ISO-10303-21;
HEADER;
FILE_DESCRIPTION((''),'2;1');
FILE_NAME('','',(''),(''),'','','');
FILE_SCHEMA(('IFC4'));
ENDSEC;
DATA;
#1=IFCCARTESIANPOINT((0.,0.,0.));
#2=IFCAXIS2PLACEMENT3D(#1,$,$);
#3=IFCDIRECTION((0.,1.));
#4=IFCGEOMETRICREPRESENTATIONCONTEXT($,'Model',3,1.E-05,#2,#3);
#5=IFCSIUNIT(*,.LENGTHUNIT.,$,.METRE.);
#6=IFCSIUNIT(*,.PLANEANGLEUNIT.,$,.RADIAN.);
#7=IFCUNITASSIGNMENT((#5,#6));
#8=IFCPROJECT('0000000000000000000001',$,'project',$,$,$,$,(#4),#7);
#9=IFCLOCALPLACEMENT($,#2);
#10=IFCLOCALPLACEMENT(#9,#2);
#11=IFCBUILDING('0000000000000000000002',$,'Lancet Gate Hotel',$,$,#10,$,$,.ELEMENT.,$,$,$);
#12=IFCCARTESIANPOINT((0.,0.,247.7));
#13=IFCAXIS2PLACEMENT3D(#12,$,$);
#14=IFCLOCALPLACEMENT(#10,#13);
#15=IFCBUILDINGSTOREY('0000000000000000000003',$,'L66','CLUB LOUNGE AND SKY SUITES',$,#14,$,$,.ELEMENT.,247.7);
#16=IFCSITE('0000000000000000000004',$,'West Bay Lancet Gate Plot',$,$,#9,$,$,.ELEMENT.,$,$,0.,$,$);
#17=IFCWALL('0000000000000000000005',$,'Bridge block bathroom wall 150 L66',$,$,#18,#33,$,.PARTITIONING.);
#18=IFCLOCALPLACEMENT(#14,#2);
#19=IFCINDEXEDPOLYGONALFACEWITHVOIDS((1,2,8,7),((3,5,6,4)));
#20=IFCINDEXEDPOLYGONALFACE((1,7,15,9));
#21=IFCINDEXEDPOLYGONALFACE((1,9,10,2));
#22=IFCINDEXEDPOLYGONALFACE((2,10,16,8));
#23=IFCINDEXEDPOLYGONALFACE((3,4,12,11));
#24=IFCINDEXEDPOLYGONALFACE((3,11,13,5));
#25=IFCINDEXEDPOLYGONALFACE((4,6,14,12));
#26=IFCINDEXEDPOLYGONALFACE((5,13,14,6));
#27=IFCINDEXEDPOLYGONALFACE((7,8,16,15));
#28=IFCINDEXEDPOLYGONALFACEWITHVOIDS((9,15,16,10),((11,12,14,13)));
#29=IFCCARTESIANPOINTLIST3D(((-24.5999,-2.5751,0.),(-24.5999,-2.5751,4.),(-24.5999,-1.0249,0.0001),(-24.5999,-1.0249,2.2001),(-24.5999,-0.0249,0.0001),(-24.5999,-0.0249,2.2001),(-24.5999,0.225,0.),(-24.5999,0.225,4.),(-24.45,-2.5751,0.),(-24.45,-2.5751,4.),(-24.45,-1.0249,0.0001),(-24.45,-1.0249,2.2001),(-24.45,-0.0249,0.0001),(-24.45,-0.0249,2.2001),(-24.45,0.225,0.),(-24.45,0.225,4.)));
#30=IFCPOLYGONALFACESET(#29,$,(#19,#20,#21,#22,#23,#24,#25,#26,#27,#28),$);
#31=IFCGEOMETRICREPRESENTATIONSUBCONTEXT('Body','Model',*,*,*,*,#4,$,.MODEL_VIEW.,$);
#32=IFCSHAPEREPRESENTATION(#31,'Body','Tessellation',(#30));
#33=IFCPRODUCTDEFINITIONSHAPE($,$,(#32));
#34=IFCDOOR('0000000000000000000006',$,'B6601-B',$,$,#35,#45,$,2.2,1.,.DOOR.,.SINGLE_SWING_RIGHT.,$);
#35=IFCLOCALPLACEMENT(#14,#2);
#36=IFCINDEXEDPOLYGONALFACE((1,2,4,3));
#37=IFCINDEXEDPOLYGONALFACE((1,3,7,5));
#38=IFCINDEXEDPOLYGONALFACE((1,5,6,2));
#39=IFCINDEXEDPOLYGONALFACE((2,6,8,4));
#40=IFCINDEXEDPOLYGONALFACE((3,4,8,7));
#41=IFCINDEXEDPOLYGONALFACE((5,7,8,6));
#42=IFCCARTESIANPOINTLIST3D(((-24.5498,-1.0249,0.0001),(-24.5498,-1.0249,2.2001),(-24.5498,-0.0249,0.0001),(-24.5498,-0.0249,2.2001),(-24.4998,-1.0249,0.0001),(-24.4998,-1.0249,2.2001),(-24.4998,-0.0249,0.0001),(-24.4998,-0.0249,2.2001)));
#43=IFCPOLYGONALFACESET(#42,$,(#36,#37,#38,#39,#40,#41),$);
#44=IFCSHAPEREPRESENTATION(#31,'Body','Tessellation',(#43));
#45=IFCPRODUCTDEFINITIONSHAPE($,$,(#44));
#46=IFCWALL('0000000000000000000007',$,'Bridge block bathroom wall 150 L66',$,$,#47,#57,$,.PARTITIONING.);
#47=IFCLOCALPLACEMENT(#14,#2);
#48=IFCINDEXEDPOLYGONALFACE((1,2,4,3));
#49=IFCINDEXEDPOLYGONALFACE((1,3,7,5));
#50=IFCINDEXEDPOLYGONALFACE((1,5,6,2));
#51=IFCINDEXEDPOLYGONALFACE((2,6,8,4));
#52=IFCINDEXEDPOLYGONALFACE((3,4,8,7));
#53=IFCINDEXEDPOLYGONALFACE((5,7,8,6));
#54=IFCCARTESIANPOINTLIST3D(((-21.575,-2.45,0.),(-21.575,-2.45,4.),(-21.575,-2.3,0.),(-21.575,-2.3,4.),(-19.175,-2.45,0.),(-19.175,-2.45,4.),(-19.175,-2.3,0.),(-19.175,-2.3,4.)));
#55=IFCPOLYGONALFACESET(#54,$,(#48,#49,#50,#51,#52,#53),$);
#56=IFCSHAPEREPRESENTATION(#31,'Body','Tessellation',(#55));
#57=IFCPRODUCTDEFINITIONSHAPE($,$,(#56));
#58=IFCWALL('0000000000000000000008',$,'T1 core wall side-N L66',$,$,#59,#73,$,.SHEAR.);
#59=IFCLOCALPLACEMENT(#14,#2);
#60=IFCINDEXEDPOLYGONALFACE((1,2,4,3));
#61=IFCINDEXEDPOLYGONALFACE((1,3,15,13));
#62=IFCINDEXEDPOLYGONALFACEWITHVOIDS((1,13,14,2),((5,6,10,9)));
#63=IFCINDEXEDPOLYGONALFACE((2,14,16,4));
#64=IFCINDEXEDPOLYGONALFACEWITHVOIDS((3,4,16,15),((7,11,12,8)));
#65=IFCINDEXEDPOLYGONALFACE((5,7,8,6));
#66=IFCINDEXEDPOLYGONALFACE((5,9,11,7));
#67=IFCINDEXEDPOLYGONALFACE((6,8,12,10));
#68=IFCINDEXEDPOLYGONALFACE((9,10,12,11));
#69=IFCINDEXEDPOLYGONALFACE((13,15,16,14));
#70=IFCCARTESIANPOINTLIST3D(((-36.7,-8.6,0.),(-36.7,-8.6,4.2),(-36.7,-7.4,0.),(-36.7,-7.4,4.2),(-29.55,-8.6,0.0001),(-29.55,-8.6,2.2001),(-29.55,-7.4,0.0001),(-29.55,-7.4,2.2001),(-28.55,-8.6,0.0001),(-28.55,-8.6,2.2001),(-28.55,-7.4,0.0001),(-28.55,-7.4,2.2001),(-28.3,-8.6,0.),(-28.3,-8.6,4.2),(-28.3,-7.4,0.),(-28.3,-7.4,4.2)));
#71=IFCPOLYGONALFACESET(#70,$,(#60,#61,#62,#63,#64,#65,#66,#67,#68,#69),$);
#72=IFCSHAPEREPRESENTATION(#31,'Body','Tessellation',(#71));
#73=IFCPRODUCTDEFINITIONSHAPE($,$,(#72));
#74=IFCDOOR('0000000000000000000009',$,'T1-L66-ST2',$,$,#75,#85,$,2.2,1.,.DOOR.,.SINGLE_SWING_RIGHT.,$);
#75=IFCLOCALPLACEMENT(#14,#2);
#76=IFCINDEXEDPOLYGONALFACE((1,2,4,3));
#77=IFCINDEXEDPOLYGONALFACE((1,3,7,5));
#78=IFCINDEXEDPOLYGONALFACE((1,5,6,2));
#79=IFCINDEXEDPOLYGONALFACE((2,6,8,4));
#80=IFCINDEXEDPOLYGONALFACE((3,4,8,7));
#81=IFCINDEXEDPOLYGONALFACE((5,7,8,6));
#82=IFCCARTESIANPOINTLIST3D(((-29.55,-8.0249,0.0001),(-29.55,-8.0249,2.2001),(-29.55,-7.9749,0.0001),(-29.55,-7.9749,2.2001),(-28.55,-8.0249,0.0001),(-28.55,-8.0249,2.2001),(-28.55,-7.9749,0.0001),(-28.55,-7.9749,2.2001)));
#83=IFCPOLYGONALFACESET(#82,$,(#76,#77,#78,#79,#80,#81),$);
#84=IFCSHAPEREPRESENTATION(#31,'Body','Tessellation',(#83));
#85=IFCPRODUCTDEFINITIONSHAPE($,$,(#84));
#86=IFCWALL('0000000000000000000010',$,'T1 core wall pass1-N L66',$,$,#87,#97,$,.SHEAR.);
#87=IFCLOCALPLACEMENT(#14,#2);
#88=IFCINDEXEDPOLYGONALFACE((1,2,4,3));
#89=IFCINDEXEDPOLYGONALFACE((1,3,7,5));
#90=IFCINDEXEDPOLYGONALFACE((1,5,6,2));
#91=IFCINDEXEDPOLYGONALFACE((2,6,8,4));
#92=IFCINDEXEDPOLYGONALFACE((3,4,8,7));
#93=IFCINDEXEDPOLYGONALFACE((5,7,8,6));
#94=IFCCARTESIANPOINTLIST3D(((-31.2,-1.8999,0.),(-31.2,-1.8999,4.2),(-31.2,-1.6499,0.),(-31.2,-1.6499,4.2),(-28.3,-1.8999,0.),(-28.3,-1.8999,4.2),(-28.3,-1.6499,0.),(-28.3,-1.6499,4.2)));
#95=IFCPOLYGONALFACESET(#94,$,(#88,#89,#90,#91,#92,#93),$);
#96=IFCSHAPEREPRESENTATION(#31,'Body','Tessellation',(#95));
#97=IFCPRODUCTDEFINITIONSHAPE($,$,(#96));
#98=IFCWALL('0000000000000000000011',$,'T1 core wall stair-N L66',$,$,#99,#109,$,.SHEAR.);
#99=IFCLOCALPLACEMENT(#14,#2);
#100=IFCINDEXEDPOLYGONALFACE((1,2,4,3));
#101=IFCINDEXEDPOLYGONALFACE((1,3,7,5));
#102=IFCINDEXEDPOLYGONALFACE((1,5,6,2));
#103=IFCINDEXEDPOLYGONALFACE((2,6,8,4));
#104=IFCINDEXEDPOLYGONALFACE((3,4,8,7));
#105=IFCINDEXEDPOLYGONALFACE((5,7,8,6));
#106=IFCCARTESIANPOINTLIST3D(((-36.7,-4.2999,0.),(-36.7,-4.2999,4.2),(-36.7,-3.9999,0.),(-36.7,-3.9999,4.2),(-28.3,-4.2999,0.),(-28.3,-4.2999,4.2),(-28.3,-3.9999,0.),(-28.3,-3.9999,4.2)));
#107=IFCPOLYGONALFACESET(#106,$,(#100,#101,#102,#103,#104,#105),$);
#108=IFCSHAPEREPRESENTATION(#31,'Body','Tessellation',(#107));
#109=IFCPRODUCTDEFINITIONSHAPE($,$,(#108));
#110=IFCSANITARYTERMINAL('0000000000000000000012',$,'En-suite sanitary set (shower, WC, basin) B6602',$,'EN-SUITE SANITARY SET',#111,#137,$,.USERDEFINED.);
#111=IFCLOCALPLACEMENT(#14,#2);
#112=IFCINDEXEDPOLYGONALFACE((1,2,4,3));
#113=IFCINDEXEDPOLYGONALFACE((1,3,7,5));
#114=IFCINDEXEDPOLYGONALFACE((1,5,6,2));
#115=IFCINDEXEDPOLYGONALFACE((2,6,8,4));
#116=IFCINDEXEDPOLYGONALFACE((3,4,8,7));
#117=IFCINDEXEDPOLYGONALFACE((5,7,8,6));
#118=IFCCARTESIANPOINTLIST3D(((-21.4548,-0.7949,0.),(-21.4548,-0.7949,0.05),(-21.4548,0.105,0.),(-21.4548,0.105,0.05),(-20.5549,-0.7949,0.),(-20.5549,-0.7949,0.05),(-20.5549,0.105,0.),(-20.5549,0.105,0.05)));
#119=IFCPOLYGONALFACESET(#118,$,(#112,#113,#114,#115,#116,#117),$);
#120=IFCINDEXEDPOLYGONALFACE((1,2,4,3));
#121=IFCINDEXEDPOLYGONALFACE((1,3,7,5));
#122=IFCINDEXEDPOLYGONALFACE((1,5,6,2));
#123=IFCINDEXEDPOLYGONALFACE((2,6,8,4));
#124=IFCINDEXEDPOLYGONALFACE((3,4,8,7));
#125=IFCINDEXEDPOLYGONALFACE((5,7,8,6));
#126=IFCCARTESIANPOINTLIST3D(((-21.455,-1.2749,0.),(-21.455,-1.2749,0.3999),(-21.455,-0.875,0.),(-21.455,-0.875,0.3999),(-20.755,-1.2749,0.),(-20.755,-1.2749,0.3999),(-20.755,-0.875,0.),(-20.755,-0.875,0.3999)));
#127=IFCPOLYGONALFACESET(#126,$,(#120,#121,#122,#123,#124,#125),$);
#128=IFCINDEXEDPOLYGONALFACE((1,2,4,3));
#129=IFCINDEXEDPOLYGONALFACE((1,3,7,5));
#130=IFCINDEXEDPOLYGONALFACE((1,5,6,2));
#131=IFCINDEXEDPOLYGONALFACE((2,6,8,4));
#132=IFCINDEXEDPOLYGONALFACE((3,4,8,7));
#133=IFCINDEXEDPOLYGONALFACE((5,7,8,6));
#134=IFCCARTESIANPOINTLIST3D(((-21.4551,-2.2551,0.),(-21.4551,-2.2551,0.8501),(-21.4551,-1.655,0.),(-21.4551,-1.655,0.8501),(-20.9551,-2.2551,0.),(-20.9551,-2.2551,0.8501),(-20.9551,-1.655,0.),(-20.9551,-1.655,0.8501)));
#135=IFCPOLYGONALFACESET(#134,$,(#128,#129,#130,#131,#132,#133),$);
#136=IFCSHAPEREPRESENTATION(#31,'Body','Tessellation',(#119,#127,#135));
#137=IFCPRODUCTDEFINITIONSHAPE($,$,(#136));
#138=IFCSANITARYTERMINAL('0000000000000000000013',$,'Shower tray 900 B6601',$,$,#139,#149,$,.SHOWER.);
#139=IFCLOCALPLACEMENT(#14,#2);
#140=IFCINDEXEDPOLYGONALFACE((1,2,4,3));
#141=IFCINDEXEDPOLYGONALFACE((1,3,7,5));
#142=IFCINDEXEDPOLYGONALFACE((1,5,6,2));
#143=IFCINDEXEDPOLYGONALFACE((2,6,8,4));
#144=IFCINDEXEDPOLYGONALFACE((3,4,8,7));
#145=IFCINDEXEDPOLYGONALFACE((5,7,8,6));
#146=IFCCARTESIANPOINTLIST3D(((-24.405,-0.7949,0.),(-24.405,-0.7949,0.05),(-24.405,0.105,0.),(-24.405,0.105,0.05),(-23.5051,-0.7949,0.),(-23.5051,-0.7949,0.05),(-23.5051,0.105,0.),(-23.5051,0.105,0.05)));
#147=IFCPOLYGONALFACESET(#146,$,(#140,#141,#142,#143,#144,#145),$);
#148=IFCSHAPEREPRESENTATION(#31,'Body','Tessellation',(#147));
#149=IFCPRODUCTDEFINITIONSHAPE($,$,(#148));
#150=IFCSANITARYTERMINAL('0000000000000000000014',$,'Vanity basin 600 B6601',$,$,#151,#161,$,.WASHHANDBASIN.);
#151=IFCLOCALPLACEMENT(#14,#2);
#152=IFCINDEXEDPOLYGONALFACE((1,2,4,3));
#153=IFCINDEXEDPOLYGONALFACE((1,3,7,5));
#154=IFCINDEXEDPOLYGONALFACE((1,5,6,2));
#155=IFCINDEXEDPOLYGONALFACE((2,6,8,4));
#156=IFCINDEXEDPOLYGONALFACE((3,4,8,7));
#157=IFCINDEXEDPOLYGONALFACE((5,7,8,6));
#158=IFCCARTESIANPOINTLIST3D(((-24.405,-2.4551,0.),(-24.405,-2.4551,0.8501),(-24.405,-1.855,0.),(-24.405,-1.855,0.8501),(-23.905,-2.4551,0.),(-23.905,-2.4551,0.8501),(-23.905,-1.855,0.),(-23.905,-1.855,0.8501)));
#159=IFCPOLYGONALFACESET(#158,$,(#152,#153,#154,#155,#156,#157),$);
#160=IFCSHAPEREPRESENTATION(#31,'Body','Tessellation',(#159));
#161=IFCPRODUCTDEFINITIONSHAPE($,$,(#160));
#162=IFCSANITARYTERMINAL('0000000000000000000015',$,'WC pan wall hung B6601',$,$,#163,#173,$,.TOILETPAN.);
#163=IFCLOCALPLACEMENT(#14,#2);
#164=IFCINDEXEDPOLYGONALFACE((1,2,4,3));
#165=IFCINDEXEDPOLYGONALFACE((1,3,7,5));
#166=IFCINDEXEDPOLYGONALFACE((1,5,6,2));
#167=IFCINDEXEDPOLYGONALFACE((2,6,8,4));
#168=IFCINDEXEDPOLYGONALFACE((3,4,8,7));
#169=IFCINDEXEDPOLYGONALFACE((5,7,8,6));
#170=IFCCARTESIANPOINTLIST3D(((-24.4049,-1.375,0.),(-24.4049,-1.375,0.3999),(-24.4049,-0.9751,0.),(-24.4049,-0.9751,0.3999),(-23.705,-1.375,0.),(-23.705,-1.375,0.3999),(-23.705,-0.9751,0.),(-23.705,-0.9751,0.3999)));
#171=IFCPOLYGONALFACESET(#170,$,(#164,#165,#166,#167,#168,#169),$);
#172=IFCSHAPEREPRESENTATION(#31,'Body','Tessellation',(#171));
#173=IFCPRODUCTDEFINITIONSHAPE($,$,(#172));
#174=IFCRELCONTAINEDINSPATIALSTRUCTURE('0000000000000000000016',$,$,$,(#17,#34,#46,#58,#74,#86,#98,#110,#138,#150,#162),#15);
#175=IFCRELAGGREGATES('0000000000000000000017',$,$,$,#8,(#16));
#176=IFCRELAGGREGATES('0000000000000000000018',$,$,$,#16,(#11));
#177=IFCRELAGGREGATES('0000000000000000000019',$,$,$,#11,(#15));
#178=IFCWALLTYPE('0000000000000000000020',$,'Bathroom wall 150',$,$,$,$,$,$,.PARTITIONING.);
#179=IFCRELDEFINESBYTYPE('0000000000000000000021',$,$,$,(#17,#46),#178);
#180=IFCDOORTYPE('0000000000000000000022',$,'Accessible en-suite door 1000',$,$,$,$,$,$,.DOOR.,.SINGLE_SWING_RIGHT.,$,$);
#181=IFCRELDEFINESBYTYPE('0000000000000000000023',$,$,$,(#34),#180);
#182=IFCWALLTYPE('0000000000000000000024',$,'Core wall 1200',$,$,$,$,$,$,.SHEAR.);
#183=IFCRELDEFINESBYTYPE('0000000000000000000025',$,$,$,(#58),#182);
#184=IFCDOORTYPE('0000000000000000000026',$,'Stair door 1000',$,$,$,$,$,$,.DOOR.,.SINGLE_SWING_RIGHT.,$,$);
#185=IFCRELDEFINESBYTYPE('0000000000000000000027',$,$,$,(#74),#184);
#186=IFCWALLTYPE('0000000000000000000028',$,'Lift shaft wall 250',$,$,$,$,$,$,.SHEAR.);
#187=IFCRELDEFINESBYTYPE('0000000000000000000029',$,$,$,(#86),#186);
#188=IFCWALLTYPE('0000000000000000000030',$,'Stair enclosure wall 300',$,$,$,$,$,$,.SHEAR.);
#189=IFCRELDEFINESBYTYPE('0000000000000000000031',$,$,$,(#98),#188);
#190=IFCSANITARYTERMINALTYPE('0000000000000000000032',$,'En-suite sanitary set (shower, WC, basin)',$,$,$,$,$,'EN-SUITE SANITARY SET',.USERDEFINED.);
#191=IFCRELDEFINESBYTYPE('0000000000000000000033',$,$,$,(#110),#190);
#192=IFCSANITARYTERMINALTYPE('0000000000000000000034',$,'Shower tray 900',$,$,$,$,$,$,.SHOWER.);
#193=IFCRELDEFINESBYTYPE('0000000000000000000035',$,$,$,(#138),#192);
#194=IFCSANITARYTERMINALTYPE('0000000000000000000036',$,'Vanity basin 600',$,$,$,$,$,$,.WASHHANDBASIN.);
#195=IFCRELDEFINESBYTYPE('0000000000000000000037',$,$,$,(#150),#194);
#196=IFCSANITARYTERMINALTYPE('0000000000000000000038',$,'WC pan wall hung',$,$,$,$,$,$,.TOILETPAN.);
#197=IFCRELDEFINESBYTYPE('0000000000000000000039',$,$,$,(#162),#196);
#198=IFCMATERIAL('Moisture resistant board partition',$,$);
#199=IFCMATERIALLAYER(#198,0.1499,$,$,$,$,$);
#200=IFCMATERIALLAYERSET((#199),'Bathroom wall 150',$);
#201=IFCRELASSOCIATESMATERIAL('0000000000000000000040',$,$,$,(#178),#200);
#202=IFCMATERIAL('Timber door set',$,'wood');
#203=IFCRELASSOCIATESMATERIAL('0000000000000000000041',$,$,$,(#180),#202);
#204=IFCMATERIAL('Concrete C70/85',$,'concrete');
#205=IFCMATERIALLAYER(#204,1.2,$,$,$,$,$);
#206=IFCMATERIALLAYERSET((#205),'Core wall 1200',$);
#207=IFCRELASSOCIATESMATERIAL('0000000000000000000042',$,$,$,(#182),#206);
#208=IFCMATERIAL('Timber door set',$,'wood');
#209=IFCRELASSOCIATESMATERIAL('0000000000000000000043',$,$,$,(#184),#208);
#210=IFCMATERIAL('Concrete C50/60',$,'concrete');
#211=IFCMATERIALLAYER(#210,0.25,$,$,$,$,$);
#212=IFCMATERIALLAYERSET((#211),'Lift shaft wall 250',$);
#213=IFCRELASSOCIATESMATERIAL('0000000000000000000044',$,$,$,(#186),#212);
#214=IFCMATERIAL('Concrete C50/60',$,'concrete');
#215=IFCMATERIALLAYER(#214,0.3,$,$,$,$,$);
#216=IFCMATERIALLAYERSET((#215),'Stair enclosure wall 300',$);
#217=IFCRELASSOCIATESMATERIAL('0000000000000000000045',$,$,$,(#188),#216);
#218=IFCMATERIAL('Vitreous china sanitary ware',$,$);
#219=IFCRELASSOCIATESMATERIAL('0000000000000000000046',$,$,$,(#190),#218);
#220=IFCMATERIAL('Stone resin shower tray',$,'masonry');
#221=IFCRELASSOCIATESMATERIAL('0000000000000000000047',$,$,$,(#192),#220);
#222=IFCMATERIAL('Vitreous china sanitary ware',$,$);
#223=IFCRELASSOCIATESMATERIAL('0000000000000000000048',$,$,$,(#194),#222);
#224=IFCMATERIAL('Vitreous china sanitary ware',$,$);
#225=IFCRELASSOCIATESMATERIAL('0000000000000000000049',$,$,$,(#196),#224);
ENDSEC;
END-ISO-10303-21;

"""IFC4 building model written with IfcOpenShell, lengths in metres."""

from ifc_helpers import new_model, si_unit, direction, frame, frame_2d, origin, origin_2d, place, context, subcontext, project, spatial, rectangle, extrude, material, layer, layer_set, type_object, element, fill, save


model = new_model("IFC4")

# Units and contexts
model_context = context("Model", 3, precision=1e-05, world=origin(), true_north=direction((0.0, 1.0)))
body_context = subcontext(model_context, "Body", "Model", "MODEL_VIEW")
ifc_project = project(units=[si_unit("LENGTHUNIT", "METRE"), si_unit("PLANEANGLEUNIT", "RADIAN")], contexts=[model_context])

# Site, building, storey
site_placement = place(None, origin())
site = spatial("IfcSite", under=ifc_project, at=site_placement, Name="West Bay Lancet Gate Plot", CompositionType="ELEMENT", RefElevation=0.0)
building_placement = place(site_placement, origin())
building = spatial("IfcBuilding", under=site, at=building_placement, Name="Lancet Gate Hotel", CompositionType="ELEMENT")
storey_placement = place(building_placement, frame((0.0, 0.0, 247.7)))
storey = spatial("IfcBuildingStorey", under=building, at=storey_placement, Name="L66", Description="CLUB LOUNGE AND SKY SUITES", CompositionType="ELEMENT", Elevation=247.7)

# Shared definitions
ifc_material_1 = material(Name="Moisture resistant board partition")
ifc_layer_1 = layer(ifc_material_1, 0.1499)
ifc_layer_set_1 = layer_set([ifc_layer_1], Name="Bathroom wall 150")
wall_type_1 = type_object("IfcWallType", Name="Bathroom wall 150", PredefinedType="PARTITIONING", material=ifc_layer_set_1)

# Wall, opening, door
wall_1_placement = place(storey_placement, frame((-24.5249, -2.575, 0.0), z_axis=(0.0, 0.0, 1.0), x_axis=(0.0, 1.0, 0.0)))
wall_1 = element("IfcWall", 1, at=wall_1_placement, inside=storey, type_object=wall_type_1, Name="Bridge block bathroom wall 150 L66", PredefinedType="PARTITIONING", context=body_context, shape_type="SweptSolid", body=[
    extrude(rectangle(XDim=2.8, YDim=0.1499, at=frame_2d((1.3999, 0.0))), origin(), (0.0, 0.0, 1.0), 4.0),
])
opening_1_placement = place(wall_1_placement, frame((1.55, 0.0, 0.0)))
opening_1 = element("IfcOpeningElement", 2, at=opening_1_placement, cuts=wall_1, PredefinedType="OPENING", context=body_context, shape_type="SweptSolid", body=[
    extrude(rectangle(XDim=1.0, YDim=2.2, at=frame_2d((0.5, 1.1001))), frame((0.0, 0.085, 0.0), z_axis=(0.0, -1.0, 0.0), x_axis=(1.0, 0.0, 0.0)), (0.0, 0.0, 1.0), 0.1699),
])
ifc_material_2 = material(Name="Timber door set", Category="wood")
door_type_1 = type_object("IfcDoorType", Name="Accessible en-suite door 1000", OperationType="SINGLE_SWING_RIGHT", PredefinedType="DOOR", material=ifc_material_2)
door_1_placement = place(opening_1_placement, origin())
door_1 = element("IfcDoor", 3, at=door_1_placement, inside=storey, type_object=door_type_1, Name="B6601-B", OperationType="SINGLE_SWING_RIGHT", OverallHeight=2.2, OverallWidth=1.0, PredefinedType="DOOR", context=body_context, shape_type="SweptSolid", body=[
    extrude(rectangle(XDim=1.0, YDim=2.2, at=frame_2d((0.5, 1.1001))), frame((0.0, 0.0249, 0.0), z_axis=(0.0, -1.0, 0.0), x_axis=(1.0, 0.0, 0.0)), (0.0, 0.0, 1.0), 0.05),
])
fill(opening_1, door_1)

# Wall
wall_2_placement = place(storey_placement, frame((-21.575, -2.375, 0.0), z_axis=(0.0, 0.0, 1.0), x_axis=(1.0, 0.0, 0.0)))
element("IfcWall", 4, at=wall_2_placement, inside=storey, type_object=wall_type_1, Name="Bridge block bathroom wall 150 L66", PredefinedType="PARTITIONING", context=body_context, shape_type="SweptSolid", body=[
    extrude(rectangle(XDim=2.3999, YDim=0.1499, at=frame_2d((1.2, 0.0))), origin(), (0.0, 0.0, 1.0), 4.0),
])

# Wall, opening, door
ifc_material_3 = material(Name="Concrete C70/85", Category="concrete")
ifc_layer_2 = layer(ifc_material_3, 1.2)
ifc_layer_set_2 = layer_set([ifc_layer_2], Name="Core wall 1200")
wall_type_2 = type_object("IfcWallType", Name="Core wall 1200", PredefinedType="SHEAR", material=ifc_layer_set_2)
wall_3_placement = place(storey_placement, frame((-28.3, -8.0, 0.0), z_axis=(0.0, 0.0, 1.0), x_axis=(-1.0, 0.0, 0.0)))
wall_3 = element("IfcWall", 5, at=wall_3_placement, inside=storey, type_object=wall_type_2, Name="T1 core wall side-N L66", PredefinedType="SHEAR", context=body_context, shape_type="SweptSolid", body=[
    extrude(rectangle(XDim=8.3999, YDim=1.2, at=frame_2d((4.2, 0.0))), origin(), (0.0, 0.0, 1.0), 4.2),
])
opening_2_placement = place(wall_3_placement, frame((0.25, 0.0, 0.0)))
opening_2 = element("IfcOpeningElement", 6, at=opening_2_placement, cuts=wall_3, PredefinedType="OPENING", context=body_context, shape_type="SweptSolid", body=[
    extrude(rectangle(XDim=1.0, YDim=2.2, at=frame_2d((0.5, 1.1001))), frame((0.0, 0.6099, 0.0), z_axis=(0.0, -1.0, 0.0), x_axis=(1.0, 0.0, 0.0)), (0.0, 0.0, 1.0), 1.22),
])
ifc_material_4 = material(Name="Timber door set", Category="wood")
door_type_2 = type_object("IfcDoorType", Name="Stair door 1000", OperationType="SINGLE_SWING_RIGHT", PredefinedType="DOOR", material=ifc_material_4)
door_2_placement = place(opening_2_placement, origin())
door_2 = element("IfcDoor", 7, at=door_2_placement, inside=storey, type_object=door_type_2, Name="T1-L66-ST2", OperationType="SINGLE_SWING_RIGHT", OverallHeight=2.2, OverallWidth=1.0, PredefinedType="DOOR", context=body_context, shape_type="SweptSolid", body=[
    extrude(rectangle(XDim=1.0, YDim=2.2, at=frame_2d((0.5, 1.1001))), frame((0.0, 0.0249, 0.0), z_axis=(0.0, -1.0, 0.0), x_axis=(1.0, 0.0, 0.0)), (0.0, 0.0, 1.0), 0.05),
])
fill(opening_2, door_2)

# Walls
ifc_material_5 = material(Name="Concrete C50/60", Category="concrete")
ifc_layer_3 = layer(ifc_material_5, 0.25)
ifc_layer_set_3 = layer_set([ifc_layer_3], Name="Lift shaft wall 250")
wall_type_3 = type_object("IfcWallType", Name="Lift shaft wall 250", PredefinedType="SHEAR", material=ifc_layer_set_3)
wall_4_placement = place(storey_placement, frame((-28.3, -1.7749, 0.0), z_axis=(0.0, 0.0, 1.0), x_axis=(-1.0, 0.0, 0.0)))
element("IfcWall", 8, at=wall_4_placement, inside=storey, type_object=wall_type_3, Name="T1 core wall pass1-N L66", PredefinedType="SHEAR", context=body_context, shape_type="SweptSolid", body=[
    extrude(rectangle(XDim=2.8999, YDim=0.25, at=frame_2d((1.45, 0.0))), origin(), (0.0, 0.0, 1.0), 4.2),
])
ifc_material_6 = material(Name="Concrete C50/60", Category="concrete")
ifc_layer_4 = layer(ifc_material_6, 0.3)
ifc_layer_set_4 = layer_set([ifc_layer_4], Name="Stair enclosure wall 300")
wall_type_4 = type_object("IfcWallType", Name="Stair enclosure wall 300", PredefinedType="SHEAR", material=ifc_layer_set_4)
wall_5_placement = place(storey_placement, frame((-28.3, -4.1499, 0.0), z_axis=(0.0, 0.0, 1.0), x_axis=(-1.0, 0.0, 0.0)))
element("IfcWall", 9, at=wall_5_placement, inside=storey, type_object=wall_type_4, Name="T1 core wall stair-N L66", PredefinedType="SHEAR", context=body_context, shape_type="SweptSolid", body=[
    extrude(rectangle(XDim=8.3999, YDim=0.3, at=frame_2d((4.2, 0.0))), origin(), (0.0, 0.0, 1.0), 4.2),
])

# Sanitary terminals
ifc_material_7 = material(Name="Vitreous china sanitary ware")
sanitary_terminal_type_1 = type_object("IfcSanitaryTerminalType", Name="En-suite sanitary set (shower, WC, basin)", ElementType="EN-SUITE SANITARY SET", PredefinedType="USERDEFINED", material=ifc_material_7)
sanitary_terminal_1_placement = place(storey_placement, frame((-21.0049, -0.345, 0.0), z_axis=(0.0, 0.0, 1.0), x_axis=(1.0, 0.0, 0.0)))
element("IfcSanitaryTerminal", 10, at=sanitary_terminal_1_placement, inside=storey, type_object=sanitary_terminal_type_1, Name="En-suite sanitary set (shower, WC, basin) B6602", ObjectType="EN-SUITE SANITARY SET", PredefinedType="USERDEFINED", context=body_context, shape_type="SweptSolid", body=[
    extrude(rectangle(XDim=0.8999, YDim=0.8999, at=origin_2d()), frame((0.0, 0.0, 0.0), z_axis=(0.0, 0.0, 1.0), x_axis=(0.0, 1.0, 0.0)), (0.0, 0.0, 1.0), 0.05),
    extrude(rectangle(XDim=0.3999, YDim=0.7, at=origin_2d()), frame((-0.1001, -0.73, 0.0), z_axis=(0.0, 0.0, 1.0), x_axis=(0.0, 1.0, 0.0)), (0.0, 0.0, 1.0), 0.3999),
    extrude(rectangle(XDim=0.6001, YDim=0.5, at=origin_2d()), frame((-0.2002, -1.6101, 0.0), z_axis=(0.0, 0.0, 1.0), x_axis=(0.0, 1.0, 0.0)), (0.0, 0.0, 1.0), 0.8501),
])
ifc_material_8 = material(Name="Stone resin shower tray", Category="masonry")
sanitary_terminal_type_2 = type_object("IfcSanitaryTerminalType", Name="Shower tray 900", PredefinedType="SHOWER", material=ifc_material_8)
sanitary_terminal_2_placement = place(storey_placement, frame((-23.9551, -0.345, 0.0), z_axis=(0.0, 0.0, 1.0), x_axis=(0.0, 1.0, 0.0)))
element("IfcSanitaryTerminal", 11, at=sanitary_terminal_2_placement, inside=storey, type_object=sanitary_terminal_type_2, Name="Shower tray 900 B6601", PredefinedType="SHOWER", context=body_context, shape_type="SweptSolid", body=[
    extrude(rectangle(XDim=0.8999, YDim=0.8999, at=origin_2d()), origin(), (0.0, 0.0, 1.0), 0.05),
])
ifc_material_9 = material(Name="Vitreous china sanitary ware")
sanitary_terminal_type_3 = type_object("IfcSanitaryTerminalType", Name="Vanity basin 600", PredefinedType="WASHHANDBASIN", material=ifc_material_9)
sanitary_terminal_3_placement = place(storey_placement, frame((-24.155, -2.155, 0.0), z_axis=(0.0, 0.0, 1.0), x_axis=(0.0, 1.0, 0.0)))
element("IfcSanitaryTerminal", 12, at=sanitary_terminal_3_placement, inside=storey, type_object=sanitary_terminal_type_3, Name="Vanity basin 600 B6601", PredefinedType="WASHHANDBASIN", context=body_context, shape_type="SweptSolid", body=[
    extrude(rectangle(XDim=0.6001, YDim=0.5, at=origin_2d()), origin(), (0.0, 0.0, 1.0), 0.8501),
])
ifc_material_10 = material(Name="Vitreous china sanitary ware")
sanitary_terminal_type_4 = type_object("IfcSanitaryTerminalType", Name="WC pan wall hung", PredefinedType="TOILETPAN", material=ifc_material_10)
sanitary_terminal_4_placement = place(storey_placement, frame((-24.0549, -1.175, 0.0), z_axis=(0.0, 0.0, 1.0), x_axis=(0.0, 1.0, 0.0)))
element("IfcSanitaryTerminal", 13, at=sanitary_terminal_4_placement, inside=storey, type_object=sanitary_terminal_type_4, Name="WC pan wall hung B6601", PredefinedType="TOILETPAN", context=body_context, shape_type="SweptSolid", body=[
    extrude(rectangle(XDim=0.3999, YDim=0.7, at=origin_2d()), origin(), (0.0, 0.0, 1.0), 0.3999),
])

save(model, "model.ifc")
